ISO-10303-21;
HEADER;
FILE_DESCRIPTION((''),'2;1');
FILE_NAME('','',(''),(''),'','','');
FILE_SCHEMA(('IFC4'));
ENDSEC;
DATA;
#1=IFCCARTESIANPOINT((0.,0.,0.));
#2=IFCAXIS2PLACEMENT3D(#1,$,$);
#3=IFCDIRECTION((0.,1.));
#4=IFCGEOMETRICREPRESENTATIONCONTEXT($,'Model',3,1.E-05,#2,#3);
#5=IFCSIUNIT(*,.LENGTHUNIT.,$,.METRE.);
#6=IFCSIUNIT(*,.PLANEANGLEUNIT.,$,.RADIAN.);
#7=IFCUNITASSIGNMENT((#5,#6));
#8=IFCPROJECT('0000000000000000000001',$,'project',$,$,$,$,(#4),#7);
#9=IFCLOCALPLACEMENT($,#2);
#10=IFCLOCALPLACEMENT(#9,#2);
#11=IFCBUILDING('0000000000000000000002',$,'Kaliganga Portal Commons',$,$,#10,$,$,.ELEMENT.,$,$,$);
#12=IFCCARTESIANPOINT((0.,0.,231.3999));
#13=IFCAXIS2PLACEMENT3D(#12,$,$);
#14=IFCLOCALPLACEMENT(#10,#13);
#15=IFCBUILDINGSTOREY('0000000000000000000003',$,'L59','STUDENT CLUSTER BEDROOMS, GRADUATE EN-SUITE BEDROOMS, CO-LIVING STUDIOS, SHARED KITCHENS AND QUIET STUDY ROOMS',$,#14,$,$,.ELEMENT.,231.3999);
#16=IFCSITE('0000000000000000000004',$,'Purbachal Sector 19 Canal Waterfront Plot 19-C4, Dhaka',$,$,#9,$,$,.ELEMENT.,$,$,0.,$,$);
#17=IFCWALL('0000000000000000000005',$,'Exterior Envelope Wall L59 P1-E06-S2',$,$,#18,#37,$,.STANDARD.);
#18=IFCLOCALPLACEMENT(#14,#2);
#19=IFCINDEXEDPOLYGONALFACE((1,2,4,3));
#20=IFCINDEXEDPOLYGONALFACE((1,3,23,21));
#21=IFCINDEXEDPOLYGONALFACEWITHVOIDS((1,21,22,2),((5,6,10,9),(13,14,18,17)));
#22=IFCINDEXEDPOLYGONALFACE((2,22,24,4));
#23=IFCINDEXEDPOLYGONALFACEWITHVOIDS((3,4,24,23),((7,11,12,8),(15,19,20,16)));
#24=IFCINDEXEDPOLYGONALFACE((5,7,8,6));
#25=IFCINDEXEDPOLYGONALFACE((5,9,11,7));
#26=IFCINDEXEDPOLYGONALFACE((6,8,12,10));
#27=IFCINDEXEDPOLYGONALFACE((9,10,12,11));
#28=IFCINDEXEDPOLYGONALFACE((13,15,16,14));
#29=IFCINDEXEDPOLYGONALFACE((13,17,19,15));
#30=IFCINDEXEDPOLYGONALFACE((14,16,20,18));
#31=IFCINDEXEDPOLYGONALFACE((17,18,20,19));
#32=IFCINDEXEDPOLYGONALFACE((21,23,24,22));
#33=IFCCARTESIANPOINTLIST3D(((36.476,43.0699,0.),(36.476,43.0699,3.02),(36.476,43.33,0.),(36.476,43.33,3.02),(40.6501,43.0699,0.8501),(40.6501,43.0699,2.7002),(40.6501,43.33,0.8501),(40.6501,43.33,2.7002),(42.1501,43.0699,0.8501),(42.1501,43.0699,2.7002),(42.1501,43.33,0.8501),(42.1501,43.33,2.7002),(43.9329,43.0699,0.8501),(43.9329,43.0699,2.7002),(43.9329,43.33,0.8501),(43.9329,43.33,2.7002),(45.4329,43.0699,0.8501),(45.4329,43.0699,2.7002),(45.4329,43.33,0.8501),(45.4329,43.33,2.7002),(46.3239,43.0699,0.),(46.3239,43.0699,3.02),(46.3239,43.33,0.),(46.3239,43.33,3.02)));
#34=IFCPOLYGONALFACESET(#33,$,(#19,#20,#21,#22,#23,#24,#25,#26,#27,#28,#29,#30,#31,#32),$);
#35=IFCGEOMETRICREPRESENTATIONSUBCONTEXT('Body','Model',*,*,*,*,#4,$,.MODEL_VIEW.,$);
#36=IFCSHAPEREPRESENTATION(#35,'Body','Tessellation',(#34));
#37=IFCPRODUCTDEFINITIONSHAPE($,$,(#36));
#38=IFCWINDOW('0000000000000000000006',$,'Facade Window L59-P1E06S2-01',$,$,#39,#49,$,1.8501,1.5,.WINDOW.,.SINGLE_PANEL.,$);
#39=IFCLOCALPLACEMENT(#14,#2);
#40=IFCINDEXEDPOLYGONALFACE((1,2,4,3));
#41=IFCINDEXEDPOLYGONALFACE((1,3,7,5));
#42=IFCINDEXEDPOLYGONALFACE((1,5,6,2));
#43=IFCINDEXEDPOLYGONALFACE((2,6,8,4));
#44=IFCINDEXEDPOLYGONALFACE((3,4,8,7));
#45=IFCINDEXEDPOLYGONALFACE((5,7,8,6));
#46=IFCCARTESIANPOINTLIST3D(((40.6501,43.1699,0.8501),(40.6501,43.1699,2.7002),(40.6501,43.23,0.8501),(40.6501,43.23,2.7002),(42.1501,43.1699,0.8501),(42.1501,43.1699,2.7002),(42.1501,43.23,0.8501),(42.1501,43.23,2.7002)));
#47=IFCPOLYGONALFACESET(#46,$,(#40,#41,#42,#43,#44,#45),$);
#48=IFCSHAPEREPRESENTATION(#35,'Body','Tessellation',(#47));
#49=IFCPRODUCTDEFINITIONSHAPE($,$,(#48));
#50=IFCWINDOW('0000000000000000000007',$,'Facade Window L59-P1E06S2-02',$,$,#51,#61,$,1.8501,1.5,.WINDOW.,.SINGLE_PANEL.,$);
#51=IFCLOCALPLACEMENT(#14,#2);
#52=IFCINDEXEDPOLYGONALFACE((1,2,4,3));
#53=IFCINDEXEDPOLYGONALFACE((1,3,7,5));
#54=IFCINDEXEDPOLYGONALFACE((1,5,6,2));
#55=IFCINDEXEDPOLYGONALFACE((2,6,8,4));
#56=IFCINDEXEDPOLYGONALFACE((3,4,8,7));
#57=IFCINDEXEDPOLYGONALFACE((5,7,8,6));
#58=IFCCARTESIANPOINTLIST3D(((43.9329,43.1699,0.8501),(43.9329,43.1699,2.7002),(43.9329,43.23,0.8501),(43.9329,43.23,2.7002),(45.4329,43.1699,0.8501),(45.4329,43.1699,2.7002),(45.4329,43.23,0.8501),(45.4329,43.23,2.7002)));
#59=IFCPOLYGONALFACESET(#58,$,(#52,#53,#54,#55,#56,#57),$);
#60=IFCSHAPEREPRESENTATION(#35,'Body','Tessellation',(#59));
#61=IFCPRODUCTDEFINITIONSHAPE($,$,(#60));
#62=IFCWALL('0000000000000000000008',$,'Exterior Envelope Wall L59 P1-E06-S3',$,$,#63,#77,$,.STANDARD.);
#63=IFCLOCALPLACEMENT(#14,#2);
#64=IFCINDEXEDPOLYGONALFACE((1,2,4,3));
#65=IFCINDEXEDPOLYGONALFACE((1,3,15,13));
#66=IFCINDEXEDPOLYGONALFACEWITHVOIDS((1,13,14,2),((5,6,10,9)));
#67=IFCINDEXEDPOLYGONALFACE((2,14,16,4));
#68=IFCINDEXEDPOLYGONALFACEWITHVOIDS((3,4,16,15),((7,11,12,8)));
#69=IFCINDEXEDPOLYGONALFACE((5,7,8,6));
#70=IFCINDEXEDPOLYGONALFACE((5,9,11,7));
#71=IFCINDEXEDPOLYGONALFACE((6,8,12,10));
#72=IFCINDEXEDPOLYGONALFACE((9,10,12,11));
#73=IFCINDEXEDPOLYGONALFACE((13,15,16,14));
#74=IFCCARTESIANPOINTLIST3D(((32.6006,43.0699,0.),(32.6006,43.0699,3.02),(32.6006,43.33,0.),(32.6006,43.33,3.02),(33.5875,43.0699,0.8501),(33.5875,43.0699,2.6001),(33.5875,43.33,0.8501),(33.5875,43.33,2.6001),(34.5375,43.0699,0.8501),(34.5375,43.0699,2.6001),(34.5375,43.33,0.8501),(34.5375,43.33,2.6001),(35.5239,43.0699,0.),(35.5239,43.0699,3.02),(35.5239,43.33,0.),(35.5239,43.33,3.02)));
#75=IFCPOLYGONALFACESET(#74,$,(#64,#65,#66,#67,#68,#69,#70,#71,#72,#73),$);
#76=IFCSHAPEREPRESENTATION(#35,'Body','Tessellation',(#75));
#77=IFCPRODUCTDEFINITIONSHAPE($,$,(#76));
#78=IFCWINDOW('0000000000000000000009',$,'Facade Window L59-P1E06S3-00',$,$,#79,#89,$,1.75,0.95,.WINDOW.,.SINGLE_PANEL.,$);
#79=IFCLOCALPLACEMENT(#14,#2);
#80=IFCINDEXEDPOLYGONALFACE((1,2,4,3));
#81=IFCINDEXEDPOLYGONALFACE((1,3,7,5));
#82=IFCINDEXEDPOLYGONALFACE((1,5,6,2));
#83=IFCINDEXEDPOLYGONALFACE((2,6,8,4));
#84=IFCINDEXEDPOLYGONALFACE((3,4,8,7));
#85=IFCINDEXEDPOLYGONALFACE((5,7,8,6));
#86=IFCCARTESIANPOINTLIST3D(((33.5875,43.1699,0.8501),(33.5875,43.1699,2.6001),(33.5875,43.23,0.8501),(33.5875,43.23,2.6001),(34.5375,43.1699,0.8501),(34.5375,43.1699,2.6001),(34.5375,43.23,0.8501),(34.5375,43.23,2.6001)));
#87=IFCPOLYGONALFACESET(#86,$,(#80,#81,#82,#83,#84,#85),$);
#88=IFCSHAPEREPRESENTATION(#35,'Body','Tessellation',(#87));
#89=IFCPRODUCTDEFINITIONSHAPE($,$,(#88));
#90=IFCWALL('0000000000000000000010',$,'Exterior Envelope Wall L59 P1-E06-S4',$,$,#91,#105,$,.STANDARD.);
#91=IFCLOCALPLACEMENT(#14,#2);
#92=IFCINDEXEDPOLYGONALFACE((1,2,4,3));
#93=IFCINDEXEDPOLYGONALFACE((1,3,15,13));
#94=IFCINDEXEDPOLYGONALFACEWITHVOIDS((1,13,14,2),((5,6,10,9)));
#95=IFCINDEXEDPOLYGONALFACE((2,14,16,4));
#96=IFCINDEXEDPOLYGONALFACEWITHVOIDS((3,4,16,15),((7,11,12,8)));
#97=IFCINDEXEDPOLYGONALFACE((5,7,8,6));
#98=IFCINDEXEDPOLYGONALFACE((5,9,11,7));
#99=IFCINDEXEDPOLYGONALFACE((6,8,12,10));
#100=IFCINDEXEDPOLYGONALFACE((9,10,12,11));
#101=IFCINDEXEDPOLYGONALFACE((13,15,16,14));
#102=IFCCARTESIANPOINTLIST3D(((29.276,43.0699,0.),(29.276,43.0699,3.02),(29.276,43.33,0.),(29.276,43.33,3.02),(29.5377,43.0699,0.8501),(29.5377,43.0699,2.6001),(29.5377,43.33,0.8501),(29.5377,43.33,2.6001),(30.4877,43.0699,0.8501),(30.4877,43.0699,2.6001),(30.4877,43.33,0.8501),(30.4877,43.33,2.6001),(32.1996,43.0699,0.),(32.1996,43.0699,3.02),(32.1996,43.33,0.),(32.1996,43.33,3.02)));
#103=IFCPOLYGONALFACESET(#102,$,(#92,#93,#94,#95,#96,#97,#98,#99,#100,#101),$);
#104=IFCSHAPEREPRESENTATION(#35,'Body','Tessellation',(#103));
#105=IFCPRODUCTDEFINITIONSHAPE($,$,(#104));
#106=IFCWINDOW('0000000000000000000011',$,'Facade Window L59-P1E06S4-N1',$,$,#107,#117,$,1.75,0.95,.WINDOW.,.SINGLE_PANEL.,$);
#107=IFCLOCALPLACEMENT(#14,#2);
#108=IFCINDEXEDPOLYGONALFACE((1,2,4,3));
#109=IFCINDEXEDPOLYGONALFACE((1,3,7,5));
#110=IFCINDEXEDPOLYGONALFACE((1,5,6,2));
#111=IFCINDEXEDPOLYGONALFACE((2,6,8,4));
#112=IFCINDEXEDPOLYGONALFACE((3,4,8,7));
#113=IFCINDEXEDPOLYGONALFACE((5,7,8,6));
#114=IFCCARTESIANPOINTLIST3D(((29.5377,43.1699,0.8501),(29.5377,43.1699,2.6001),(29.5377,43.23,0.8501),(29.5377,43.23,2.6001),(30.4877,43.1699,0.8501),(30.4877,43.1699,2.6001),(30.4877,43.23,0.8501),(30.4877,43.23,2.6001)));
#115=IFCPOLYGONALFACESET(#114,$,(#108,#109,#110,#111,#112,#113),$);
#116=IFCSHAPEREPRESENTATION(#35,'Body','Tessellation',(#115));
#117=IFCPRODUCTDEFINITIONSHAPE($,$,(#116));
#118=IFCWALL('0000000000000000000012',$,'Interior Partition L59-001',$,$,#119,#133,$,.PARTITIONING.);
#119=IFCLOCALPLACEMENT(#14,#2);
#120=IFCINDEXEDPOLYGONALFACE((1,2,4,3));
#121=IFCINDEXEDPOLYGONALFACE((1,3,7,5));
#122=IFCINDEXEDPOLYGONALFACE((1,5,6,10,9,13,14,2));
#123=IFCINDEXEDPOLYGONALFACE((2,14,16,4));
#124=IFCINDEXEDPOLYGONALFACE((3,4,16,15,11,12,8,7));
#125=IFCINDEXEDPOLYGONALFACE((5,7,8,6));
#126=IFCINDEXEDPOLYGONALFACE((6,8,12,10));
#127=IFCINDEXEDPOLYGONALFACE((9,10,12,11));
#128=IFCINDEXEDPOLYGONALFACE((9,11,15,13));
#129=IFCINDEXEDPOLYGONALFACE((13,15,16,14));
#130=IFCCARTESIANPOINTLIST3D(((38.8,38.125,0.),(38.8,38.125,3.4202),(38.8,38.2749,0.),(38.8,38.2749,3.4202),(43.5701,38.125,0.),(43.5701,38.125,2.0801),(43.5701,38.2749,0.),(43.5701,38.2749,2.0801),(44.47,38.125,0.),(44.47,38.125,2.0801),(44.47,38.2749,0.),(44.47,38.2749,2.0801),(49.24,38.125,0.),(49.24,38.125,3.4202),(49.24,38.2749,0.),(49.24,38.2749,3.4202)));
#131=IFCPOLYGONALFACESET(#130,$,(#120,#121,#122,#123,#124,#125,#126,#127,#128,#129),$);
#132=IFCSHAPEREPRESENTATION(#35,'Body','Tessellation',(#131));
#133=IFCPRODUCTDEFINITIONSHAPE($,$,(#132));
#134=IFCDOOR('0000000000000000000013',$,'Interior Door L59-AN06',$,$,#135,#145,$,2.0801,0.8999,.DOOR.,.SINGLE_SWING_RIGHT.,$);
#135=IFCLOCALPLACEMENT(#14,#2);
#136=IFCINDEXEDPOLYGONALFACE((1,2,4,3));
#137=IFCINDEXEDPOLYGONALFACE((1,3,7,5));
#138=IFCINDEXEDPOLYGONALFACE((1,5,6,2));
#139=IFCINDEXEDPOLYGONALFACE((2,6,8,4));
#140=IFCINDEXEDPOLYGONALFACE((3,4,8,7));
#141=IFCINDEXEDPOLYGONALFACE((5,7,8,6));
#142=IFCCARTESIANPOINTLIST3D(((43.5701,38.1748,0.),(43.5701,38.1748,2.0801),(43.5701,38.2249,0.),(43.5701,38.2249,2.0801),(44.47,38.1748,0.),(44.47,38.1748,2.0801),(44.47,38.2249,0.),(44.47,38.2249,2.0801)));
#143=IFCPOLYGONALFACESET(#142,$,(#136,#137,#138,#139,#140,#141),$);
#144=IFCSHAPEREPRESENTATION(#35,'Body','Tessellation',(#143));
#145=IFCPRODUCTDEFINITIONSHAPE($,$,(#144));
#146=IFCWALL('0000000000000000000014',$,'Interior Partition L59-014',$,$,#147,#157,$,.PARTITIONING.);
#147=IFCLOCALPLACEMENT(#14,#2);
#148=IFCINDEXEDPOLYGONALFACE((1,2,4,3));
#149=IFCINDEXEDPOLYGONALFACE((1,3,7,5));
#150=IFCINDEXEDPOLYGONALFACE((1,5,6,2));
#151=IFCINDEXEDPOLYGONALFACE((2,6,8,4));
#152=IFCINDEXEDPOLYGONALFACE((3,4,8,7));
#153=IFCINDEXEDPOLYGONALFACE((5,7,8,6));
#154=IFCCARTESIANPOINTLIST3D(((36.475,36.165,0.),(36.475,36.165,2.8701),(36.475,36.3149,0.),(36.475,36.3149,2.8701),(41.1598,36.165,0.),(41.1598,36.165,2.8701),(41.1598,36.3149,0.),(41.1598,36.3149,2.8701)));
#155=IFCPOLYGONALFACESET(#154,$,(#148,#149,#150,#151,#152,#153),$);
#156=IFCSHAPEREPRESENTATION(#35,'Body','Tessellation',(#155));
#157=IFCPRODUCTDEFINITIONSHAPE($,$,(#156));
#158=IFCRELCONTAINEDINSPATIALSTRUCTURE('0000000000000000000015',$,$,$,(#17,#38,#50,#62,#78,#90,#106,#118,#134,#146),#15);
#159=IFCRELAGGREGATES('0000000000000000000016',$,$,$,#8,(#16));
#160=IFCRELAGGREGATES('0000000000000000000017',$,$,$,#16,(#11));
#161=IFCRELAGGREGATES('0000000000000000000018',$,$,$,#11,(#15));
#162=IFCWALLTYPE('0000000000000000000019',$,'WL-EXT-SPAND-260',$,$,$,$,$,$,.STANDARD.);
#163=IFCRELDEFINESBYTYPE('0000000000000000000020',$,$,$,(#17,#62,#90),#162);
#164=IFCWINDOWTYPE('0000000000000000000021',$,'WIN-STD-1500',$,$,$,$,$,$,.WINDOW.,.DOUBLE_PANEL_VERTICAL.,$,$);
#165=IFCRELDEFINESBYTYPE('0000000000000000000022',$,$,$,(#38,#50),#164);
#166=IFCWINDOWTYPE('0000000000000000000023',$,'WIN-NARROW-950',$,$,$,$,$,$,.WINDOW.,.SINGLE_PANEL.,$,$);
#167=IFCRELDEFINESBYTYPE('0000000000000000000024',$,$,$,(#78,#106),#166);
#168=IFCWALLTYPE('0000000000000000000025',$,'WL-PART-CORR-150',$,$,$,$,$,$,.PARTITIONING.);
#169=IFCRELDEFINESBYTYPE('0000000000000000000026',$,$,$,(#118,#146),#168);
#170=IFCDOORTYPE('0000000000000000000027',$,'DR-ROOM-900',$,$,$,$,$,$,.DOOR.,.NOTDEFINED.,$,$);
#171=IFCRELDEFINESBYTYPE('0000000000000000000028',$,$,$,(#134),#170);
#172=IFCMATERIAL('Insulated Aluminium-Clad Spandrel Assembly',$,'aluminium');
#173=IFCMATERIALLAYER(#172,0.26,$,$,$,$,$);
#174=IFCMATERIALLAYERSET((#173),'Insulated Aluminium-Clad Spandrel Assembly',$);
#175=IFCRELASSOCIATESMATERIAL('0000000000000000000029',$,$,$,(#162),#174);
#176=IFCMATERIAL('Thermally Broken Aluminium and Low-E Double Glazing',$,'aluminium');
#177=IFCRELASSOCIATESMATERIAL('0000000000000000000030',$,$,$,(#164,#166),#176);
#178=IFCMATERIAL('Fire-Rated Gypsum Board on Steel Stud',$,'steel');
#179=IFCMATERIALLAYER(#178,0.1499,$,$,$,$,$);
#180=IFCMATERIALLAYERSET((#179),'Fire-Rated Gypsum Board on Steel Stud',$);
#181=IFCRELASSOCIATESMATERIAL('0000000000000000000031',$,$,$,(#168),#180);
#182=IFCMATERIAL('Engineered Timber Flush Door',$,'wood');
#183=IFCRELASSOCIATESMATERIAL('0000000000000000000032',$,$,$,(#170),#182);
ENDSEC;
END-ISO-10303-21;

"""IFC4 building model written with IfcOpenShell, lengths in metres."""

from ifc_helpers import new_model, si_unit, direction, frame, frame_2d, origin, place, context, subcontext, project, spatial, rectangle, extrude, material, layer, layer_set, type_object, element, fill, save


model = new_model("IFC4")

# Units and contexts
model_context = context("Model", 3, precision=1e-05, world=origin(), true_north=direction((0.0, 1.0)))
body_context = subcontext(model_context, "Body", "Model", "MODEL_VIEW")
ifc_project = project(units=[si_unit("LENGTHUNIT", "METRE"), si_unit("PLANEANGLEUNIT", "RADIAN")], contexts=[model_context])

# Site, building, storey
site_placement = place(None, origin())
site = spatial("IfcSite", under=ifc_project, at=site_placement, Name="Purbachal Sector 19 Canal Waterfront Plot 19-C4, Dhaka", CompositionType="ELEMENT", RefElevation=0.0)
building_placement = place(site_placement, origin())
building = spatial("IfcBuilding", under=site, at=building_placement, Name="Kaliganga Portal Commons", CompositionType="ELEMENT")
storey_placement = place(building_placement, frame((0.0, 0.0, 231.3999)))
storey = spatial("IfcBuildingStorey", under=building, at=storey_placement, Name="L59", Description="STUDENT CLUSTER BEDROOMS, GRADUATE EN-SUITE BEDROOMS, CO-LIVING STUDIOS, SHARED KITCHENS AND QUIET STUDY ROOMS", CompositionType="ELEMENT", Elevation=231.3999)

# Wall, openings, windows
ifc_material_1 = material(Name="Insulated Aluminium-Clad Spandrel Assembly", Category="aluminium")
ifc_layer_1 = layer(ifc_material_1, 0.26)
ifc_layer_set_1 = layer_set([ifc_layer_1], Name="Insulated Aluminium-Clad Spandrel Assembly")
wall_type_1 = type_object("IfcWallType", Name="WL-EXT-SPAND-260", PredefinedType="STANDARD", material=ifc_layer_set_1)
wall_1_placement = place(storey_placement, frame((36.4761, 43.2, 0.0), z_axis=(0.0, 0.0, 1.0), x_axis=(1.0, 0.0, 0.0)))
wall_1 = element("IfcWall", 1, at=wall_1_placement, inside=storey, type_object=wall_type_1, Name="Exterior Envelope Wall L59 P1-E06-S2", PredefinedType="STANDARD", context=body_context, shape_type="SweptSolid", body=[
    extrude(rectangle(XDim=9.8479, YDim=0.26, at=frame_2d((4.9238, 0.0))), origin(), (0.0, 0.0, 1.0), 3.02),
])
opening_1_placement = place(wall_1_placement, frame((4.1741, 0.0, 0.8501)))
opening_1 = element("IfcOpeningElement", 2, at=opening_1_placement, cuts=wall_1, PredefinedType="OPENING", context=body_context, shape_type="SweptSolid", body=[
    extrude(rectangle(XDim=1.5, YDim=1.8501, at=frame_2d((0.75, 0.925))), frame((0.0, 0.1401, 0.0), z_axis=(0.0, -1.0, 0.0), x_axis=(1.0, 0.0, 0.0)), (0.0, 0.0, 1.0), 0.28),
])
opening_2_placement = place(wall_1_placement, frame((7.4568, 0.0, 0.8501)))
opening_2 = element("IfcOpeningElement", 3, at=opening_2_placement, cuts=wall_1, PredefinedType="OPENING", context=body_context, shape_type="SweptSolid", body=[
    extrude(rectangle(XDim=1.5, YDim=1.8501, at=frame_2d((0.75, 0.925))), frame((0.0, 0.1401, 0.0), z_axis=(0.0, -1.0, 0.0), x_axis=(1.0, 0.0, 0.0)), (0.0, 0.0, 1.0), 0.28),
])
ifc_material_2 = material(Name="Thermally Broken Aluminium and Low-E Double Glazing", Category="aluminium")
window_type_1 = type_object("IfcWindowType", Name="WIN-STD-1500", PartitioningType="DOUBLE_PANEL_VERTICAL", PredefinedType="WINDOW", material=ifc_material_2)
window_1_placement = place(opening_1_placement, origin())
window_1 = element("IfcWindow", 4, at=window_1_placement, inside=storey, type_object=window_type_1, Name="Facade Window L59-P1E06S2-01", OverallHeight=1.8501, OverallWidth=1.5, PartitioningType="SINGLE_PANEL", PredefinedType="WINDOW", context=body_context, shape_type="SweptSolid", body=[
    extrude(rectangle(XDim=1.5, YDim=1.8501, at=frame_2d((0.75, 0.925))), frame((0.0, 0.03, 0.0), z_axis=(0.0, -1.0, 0.0), x_axis=(1.0, 0.0, 0.0)), (0.0, 0.0, 1.0), 0.0601),
])
fill(opening_1, window_1)
window_2_placement = place(opening_2_placement, origin())
window_2 = element("IfcWindow", 5, at=window_2_placement, inside=storey, type_object=window_type_1, Name="Facade Window L59-P1E06S2-02", OverallHeight=1.8501, OverallWidth=1.5, PartitioningType="SINGLE_PANEL", PredefinedType="WINDOW", context=body_context, shape_type="SweptSolid", body=[
    extrude(rectangle(XDim=1.5, YDim=1.8501, at=frame_2d((0.75, 0.925))), frame((0.0, 0.03, 0.0), z_axis=(0.0, -1.0, 0.0), x_axis=(1.0, 0.0, 0.0)), (0.0, 0.0, 1.0), 0.0601),
])
fill(opening_2, window_2)

# Walls, openings, windows
wall_2_placement = place(storey_placement, frame((32.6006, 43.2, 0.0), z_axis=(0.0, 0.0, 1.0), x_axis=(1.0, 0.0, 0.0)))
wall_2 = element("IfcWall", 6, at=wall_2_placement, inside=storey, type_object=wall_type_1, Name="Exterior Envelope Wall L59 P1-E06-S3", PredefinedType="STANDARD", context=body_context, shape_type="SweptSolid", body=[
    extrude(rectangle(XDim=2.9233, YDim=0.26, at=frame_2d((1.4617, 0.0))), origin(), (0.0, 0.0, 1.0), 3.02),
])
opening_3_placement = place(wall_2_placement, frame((0.9868, 0.0, 0.8501)))
opening_3 = element("IfcOpeningElement", 7, at=opening_3_placement, cuts=wall_2, PredefinedType="OPENING", context=body_context, shape_type="SweptSolid", body=[
    extrude(rectangle(XDim=0.95, YDim=1.75, at=frame_2d((0.4751, 0.875))), frame((0.0, 0.1401, 0.0), z_axis=(0.0, -1.0, 0.0), x_axis=(1.0, 0.0, 0.0)), (0.0, 0.0, 1.0), 0.28),
])
window_type_2 = type_object("IfcWindowType", Name="WIN-NARROW-950", PartitioningType="SINGLE_PANEL", PredefinedType="WINDOW", material=ifc_material_2)
window_3_placement = place(opening_3_placement, origin())
window_3 = element("IfcWindow", 8, at=window_3_placement, inside=storey, type_object=window_type_2, Name="Facade Window L59-P1E06S3-00", OverallHeight=1.75, OverallWidth=0.95, PartitioningType="SINGLE_PANEL", PredefinedType="WINDOW", context=body_context, shape_type="SweptSolid", body=[
    extrude(rectangle(XDim=0.95, YDim=1.75, at=frame_2d((0.4751, 0.875))), frame((0.0, 0.03, 0.0), z_axis=(0.0, -1.0, 0.0), x_axis=(1.0, 0.0, 0.0)), (0.0, 0.0, 1.0), 0.0601),
])
fill(opening_3, window_3)
wall_3_placement = place(storey_placement, frame((29.2759, 43.2, 0.0), z_axis=(0.0, 0.0, 1.0), x_axis=(1.0, 0.0, 0.0)))
wall_3 = element("IfcWall", 9, at=wall_3_placement, inside=storey, type_object=wall_type_1, Name="Exterior Envelope Wall L59 P1-E06-S4", PredefinedType="STANDARD", context=body_context, shape_type="SweptSolid", body=[
    extrude(rectangle(XDim=2.9236, YDim=0.26, at=frame_2d((1.4619, 0.0))), origin(), (0.0, 0.0, 1.0), 3.02),
])
opening_4_placement = place(wall_3_placement, frame((0.2617, 0.0, 0.8501)))
opening_4 = element("IfcOpeningElement", 10, at=opening_4_placement, cuts=wall_3, PredefinedType="OPENING", context=body_context, shape_type="SweptSolid", body=[
    extrude(rectangle(XDim=0.95, YDim=1.75, at=frame_2d((0.4751, 0.875))), frame((0.0, 0.1401, 0.0), z_axis=(0.0, -1.0, 0.0), x_axis=(1.0, 0.0, 0.0)), (0.0, 0.0, 1.0), 0.28),
])
window_4_placement = place(opening_4_placement, origin())
window_4 = element("IfcWindow", 11, at=window_4_placement, inside=storey, type_object=window_type_2, Name="Facade Window L59-P1E06S4-N1", OverallHeight=1.75, OverallWidth=0.95, PartitioningType="SINGLE_PANEL", PredefinedType="WINDOW", context=body_context, shape_type="SweptSolid", body=[
    extrude(rectangle(XDim=0.95, YDim=1.75, at=frame_2d((0.4751, 0.875))), frame((0.0, 0.03, 0.0), z_axis=(0.0, -1.0, 0.0), x_axis=(1.0, 0.0, 0.0)), (0.0, 0.0, 1.0), 0.0601),
])
fill(opening_4, window_4)

# Wall, opening, door
ifc_material_3 = material(Name="Fire-Rated Gypsum Board on Steel Stud", Category="steel")
ifc_layer_2 = layer(ifc_material_3, 0.1499)
ifc_layer_set_2 = layer_set([ifc_layer_2], Name="Fire-Rated Gypsum Board on Steel Stud")
wall_type_2 = type_object("IfcWallType", Name="WL-PART-CORR-150", PredefinedType="PARTITIONING", material=ifc_layer_set_2)
wall_4_placement = place(storey_placement, frame((38.8, 38.2, 0.0), z_axis=(0.0, 0.0, 1.0), x_axis=(1.0, 0.0, 0.0)))
wall_4 = element("IfcWall", 12, at=wall_4_placement, inside=storey, type_object=wall_type_2, Name="Interior Partition L59-001", PredefinedType="PARTITIONING", context=body_context, shape_type="SweptSolid", body=[
    extrude(rectangle(XDim=10.4399, YDim=0.1499, at=frame_2d((5.22, 0.0))), origin(), (0.0, 0.0, 1.0), 3.4202),
])
opening_5_placement = place(wall_4_placement, frame((4.77, 0.0, 0.0)))
opening_5 = element("IfcOpeningElement", 13, at=opening_5_placement, cuts=wall_4, PredefinedType="OPENING", context=body_context, shape_type="SweptSolid", body=[
    extrude(rectangle(XDim=0.8999, YDim=2.0801, at=frame_2d((0.45, 1.04))), frame((0.0, 0.085, 0.0), z_axis=(0.0, -1.0, 0.0), x_axis=(1.0, 0.0, 0.0)), (0.0, 0.0, 1.0), 0.1699),
])
ifc_material_4 = material(Name="Engineered Timber Flush Door", Category="wood")
door_type_1 = type_object("IfcDoorType", Name="DR-ROOM-900", OperationType="NOTDEFINED", PredefinedType="DOOR", material=ifc_material_4)
door_1_placement = place(opening_5_placement, origin())
door_1 = element("IfcDoor", 14, at=door_1_placement, inside=storey, type_object=door_type_1, Name="Interior Door L59-AN06", OperationType="SINGLE_SWING_RIGHT", OverallHeight=2.0801, OverallWidth=0.8999, PredefinedType="DOOR", context=body_context, shape_type="SweptSolid", body=[
    extrude(rectangle(XDim=0.8999, YDim=2.0801, at=frame_2d((0.45, 1.04))), frame((0.0, 0.0249, 0.0), z_axis=(0.0, -1.0, 0.0), x_axis=(1.0, 0.0, 0.0)), (0.0, 0.0, 1.0), 0.05),
])
fill(opening_5, door_1)

# Wall
wall_5_placement = place(storey_placement, frame((36.4751, 36.24, 0.0), z_axis=(0.0, 0.0, 1.0), x_axis=(1.0, 0.0, 0.0)))
element("IfcWall", 15, at=wall_5_placement, inside=storey, type_object=wall_type_2, Name="Interior Partition L59-014", PredefinedType="PARTITIONING", context=body_context, shape_type="SweptSolid", body=[
    extrude(rectangle(XDim=4.6848, YDim=0.1499, at=frame_2d((2.3423, 0.0))), origin(), (0.0, 0.0, 1.0), 2.8701),
])

save(model, "model.ifc")
